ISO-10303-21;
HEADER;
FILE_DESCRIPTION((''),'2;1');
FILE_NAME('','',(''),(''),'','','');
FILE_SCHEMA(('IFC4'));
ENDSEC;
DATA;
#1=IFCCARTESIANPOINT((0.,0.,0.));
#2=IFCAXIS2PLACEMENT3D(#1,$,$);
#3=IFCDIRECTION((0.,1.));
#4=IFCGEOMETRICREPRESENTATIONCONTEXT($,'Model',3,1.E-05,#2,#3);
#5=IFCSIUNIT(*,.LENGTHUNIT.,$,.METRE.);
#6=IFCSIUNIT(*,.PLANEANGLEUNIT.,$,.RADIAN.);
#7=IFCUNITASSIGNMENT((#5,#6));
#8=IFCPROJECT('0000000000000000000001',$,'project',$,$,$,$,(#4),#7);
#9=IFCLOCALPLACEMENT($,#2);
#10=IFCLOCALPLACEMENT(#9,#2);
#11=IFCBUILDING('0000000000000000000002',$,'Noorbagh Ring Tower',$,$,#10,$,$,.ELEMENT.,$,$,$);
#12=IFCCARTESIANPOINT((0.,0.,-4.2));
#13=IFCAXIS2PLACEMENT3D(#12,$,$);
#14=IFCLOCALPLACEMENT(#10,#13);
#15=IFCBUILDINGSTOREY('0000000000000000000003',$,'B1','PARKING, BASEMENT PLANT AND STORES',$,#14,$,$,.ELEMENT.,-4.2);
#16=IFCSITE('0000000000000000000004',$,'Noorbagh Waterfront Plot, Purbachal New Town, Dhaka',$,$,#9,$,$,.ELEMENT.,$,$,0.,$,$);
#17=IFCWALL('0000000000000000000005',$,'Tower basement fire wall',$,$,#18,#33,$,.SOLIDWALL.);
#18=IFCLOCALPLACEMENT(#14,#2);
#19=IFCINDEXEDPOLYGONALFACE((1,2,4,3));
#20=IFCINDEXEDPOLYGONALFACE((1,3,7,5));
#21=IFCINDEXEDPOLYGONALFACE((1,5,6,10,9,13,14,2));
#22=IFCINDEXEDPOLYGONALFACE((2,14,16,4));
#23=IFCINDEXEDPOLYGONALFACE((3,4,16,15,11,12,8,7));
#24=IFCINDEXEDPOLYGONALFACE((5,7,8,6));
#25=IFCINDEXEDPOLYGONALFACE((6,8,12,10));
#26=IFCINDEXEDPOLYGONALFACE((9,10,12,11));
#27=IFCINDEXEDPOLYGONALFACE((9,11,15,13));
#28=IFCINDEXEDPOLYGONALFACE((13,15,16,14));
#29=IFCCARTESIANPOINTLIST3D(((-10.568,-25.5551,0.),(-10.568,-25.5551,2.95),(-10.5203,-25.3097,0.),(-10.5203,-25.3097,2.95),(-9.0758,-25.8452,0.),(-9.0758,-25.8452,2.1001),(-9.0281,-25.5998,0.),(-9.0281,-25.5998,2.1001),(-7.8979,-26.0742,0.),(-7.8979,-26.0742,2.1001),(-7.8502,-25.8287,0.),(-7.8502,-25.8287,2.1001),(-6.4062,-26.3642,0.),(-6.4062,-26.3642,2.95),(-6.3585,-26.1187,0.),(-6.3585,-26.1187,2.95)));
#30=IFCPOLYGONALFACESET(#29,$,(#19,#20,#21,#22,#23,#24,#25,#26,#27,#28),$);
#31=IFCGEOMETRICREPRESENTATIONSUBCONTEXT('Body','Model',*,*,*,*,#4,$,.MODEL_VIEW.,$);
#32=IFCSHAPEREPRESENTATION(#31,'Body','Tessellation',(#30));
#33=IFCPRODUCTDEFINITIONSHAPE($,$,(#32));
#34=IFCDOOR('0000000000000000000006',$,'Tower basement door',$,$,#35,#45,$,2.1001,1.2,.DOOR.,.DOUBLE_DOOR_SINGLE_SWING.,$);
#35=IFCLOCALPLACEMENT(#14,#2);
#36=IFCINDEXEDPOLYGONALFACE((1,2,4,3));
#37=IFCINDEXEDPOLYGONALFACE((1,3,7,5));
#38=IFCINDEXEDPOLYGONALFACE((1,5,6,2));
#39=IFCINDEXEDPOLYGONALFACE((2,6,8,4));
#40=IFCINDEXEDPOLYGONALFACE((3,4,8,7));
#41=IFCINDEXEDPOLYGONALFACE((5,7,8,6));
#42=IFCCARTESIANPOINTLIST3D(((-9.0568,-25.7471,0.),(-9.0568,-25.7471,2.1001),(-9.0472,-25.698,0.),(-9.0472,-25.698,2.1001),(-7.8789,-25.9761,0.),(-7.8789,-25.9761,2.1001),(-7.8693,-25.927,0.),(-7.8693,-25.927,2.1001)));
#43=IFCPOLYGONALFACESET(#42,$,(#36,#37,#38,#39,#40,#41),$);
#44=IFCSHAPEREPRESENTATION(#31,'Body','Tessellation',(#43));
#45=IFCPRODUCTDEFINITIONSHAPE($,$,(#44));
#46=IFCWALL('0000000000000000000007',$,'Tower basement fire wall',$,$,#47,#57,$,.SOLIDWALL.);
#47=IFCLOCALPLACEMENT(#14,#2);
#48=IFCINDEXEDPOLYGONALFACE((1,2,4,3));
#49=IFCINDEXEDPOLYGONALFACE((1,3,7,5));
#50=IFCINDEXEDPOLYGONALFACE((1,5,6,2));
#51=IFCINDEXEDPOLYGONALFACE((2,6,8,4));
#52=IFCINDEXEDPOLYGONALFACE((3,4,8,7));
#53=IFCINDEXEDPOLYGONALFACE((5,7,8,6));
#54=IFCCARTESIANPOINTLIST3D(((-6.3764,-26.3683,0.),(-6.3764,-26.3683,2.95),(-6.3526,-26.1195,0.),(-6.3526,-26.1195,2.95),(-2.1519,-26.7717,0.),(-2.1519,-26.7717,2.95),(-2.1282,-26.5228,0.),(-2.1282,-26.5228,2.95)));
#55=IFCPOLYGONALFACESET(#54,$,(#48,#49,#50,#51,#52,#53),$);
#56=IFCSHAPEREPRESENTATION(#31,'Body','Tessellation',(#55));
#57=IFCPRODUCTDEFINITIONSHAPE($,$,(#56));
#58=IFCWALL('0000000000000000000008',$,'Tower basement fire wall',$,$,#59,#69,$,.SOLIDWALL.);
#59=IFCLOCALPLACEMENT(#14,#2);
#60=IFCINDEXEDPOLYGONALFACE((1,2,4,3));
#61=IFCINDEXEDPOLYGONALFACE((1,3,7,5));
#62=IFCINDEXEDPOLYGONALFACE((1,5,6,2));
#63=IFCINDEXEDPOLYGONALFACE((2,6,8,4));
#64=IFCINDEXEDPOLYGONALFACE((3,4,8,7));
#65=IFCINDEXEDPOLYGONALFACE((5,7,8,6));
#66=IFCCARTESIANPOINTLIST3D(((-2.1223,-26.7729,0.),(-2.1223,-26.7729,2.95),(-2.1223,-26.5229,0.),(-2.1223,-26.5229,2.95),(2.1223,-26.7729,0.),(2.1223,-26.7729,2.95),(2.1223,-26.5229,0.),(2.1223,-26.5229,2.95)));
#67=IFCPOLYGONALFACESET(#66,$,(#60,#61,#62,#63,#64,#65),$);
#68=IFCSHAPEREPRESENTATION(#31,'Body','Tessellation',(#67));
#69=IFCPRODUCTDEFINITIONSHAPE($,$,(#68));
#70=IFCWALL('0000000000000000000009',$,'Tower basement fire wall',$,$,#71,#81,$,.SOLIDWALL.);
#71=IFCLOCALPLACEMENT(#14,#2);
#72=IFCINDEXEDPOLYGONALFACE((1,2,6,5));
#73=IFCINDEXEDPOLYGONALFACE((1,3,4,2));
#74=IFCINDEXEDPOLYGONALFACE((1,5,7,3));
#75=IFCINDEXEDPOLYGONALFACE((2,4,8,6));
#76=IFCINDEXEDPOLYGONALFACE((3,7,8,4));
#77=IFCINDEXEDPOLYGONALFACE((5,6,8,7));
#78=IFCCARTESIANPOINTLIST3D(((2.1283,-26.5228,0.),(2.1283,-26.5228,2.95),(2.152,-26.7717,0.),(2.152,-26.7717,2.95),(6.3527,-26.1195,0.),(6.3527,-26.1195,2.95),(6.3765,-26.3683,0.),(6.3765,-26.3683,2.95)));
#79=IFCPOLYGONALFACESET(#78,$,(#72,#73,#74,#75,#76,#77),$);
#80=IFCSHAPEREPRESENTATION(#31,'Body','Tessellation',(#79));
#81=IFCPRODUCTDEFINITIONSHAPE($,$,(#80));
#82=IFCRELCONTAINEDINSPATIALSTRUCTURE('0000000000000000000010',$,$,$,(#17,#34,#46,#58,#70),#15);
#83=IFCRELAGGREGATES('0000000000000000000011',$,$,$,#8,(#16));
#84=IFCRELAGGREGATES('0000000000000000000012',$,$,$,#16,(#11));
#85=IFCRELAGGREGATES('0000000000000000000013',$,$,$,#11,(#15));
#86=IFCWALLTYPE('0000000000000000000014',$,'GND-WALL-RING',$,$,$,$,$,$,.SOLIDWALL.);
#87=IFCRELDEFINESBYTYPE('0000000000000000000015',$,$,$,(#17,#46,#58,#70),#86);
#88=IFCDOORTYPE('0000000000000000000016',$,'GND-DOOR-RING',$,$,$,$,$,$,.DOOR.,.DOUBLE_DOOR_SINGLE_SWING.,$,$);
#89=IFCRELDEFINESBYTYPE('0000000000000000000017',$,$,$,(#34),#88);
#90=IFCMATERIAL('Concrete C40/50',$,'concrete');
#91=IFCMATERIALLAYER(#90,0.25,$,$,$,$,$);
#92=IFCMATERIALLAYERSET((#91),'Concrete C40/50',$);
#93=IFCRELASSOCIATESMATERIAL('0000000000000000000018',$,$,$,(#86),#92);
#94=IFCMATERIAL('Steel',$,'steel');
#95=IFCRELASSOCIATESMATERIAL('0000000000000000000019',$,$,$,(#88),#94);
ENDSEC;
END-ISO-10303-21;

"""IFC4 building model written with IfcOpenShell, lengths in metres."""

from ifc_helpers import new_model, si_unit, direction, frame, frame_2d, origin, place, context, subcontext, project, spatial, rectangle, extrude, material, layer, layer_set, type_object, element, fill, save


model = new_model("IFC4")

# Units and contexts
model_context = context("Model", 3, precision=1e-05, world=origin(), true_north=direction((0.0, 1.0)))
body_context = subcontext(model_context, "Body", "Model", "MODEL_VIEW")
ifc_project = project(units=[si_unit("LENGTHUNIT", "METRE"), si_unit("PLANEANGLEUNIT", "RADIAN")], contexts=[model_context])

# Site, building, storey
site_placement = place(None, origin())
site = spatial("IfcSite", under=ifc_project, at=site_placement, Name="Noorbagh Waterfront Plot, Purbachal New Town, Dhaka", CompositionType="ELEMENT", RefElevation=0.0)
building_placement = place(site_placement, origin())
building = spatial("IfcBuilding", under=site, at=building_placement, Name="Noorbagh Ring Tower", CompositionType="ELEMENT")
storey_placement = place(building_placement, frame((0.0, 0.0, -4.2)))
storey = spatial("IfcBuildingStorey", under=building, at=storey_placement, Name="B1", Description="PARKING, BASEMENT PLANT AND STORES", CompositionType="ELEMENT", Elevation=-4.2)

# Shared definitions
ifc_material_1 = material(Name="Concrete C40/50", Category="concrete")
ifc_layer = layer(ifc_material_1, 0.25)
ifc_layer_set = layer_set([ifc_layer], Name="Concrete C40/50")
wall_type = type_object("IfcWallType", Name="GND-WALL-RING", PredefinedType="SOLIDWALL", material=ifc_layer_set)

# Wall, opening, door
wall_1_placement = place(storey_placement, frame((-10.5442, -25.4324, 0.0), z_axis=(0.0, 0.0, 1.0), x_axis=(0.981623, -0.190831, 0.0)))
wall_1 = element("IfcWall", 1, at=wall_1_placement, inside=storey, type_object=wall_type, Name="Tower basement fire wall", PredefinedType="SOLIDWALL", context=body_context, shape_type="SweptSolid", body=[
    extrude(rectangle(XDim=4.2397, YDim=0.25, at=frame_2d((2.1199, 0.0))), origin(), (0.0, 0.0, 1.0), 2.95),
])
opening_placement = place(wall_1_placement, frame((1.52, 0.0, 0.0)))
opening = element("IfcOpeningElement", 2, at=opening_placement, cuts=wall_1, PredefinedType="OPENING", context=body_context, shape_type="SweptSolid", body=[
    extrude(rectangle(XDim=1.2, YDim=2.1001, at=frame_2d((0.6001, 1.05))), frame((0.0, 0.135, 0.0), z_axis=(0.0, -1.0, 0.0), x_axis=(1.0, 0.0, 0.0)), (0.0, 0.0, 1.0), 0.27),
])
ifc_material_2 = material(Name="Steel", Category="steel")
door_type = type_object("IfcDoorType", Name="GND-DOOR-RING", OperationType="DOUBLE_DOOR_SINGLE_SWING", PredefinedType="DOOR", material=ifc_material_2)
door_placement = place(opening_placement, origin())
door = element("IfcDoor", 3, at=door_placement, inside=storey, type_object=door_type, Name="Tower basement door", OperationType="DOUBLE_DOOR_SINGLE_SWING", OverallHeight=2.1001, OverallWidth=1.2, PredefinedType="DOOR", context=body_context, shape_type="SweptSolid", body=[
    extrude(rectangle(XDim=1.2, YDim=2.1001, at=frame_2d((0.6001, 1.05))), frame((0.0, 0.0249, 0.0), z_axis=(0.0, -1.0, 0.0), x_axis=(1.0, 0.0, 0.0)), (0.0, 0.0, 1.0), 0.05),
])
fill(opening, door)

# Walls
wall_2_placement = place(storey_placement, frame((-6.3645, -26.2439, 0.0), z_axis=(0.0, 0.0, 1.0), x_axis=(0.995473, -0.095043, 0.0)))
element("IfcWall", 4, at=wall_2_placement, inside=storey, type_object=wall_type, Name="Tower basement fire wall", PredefinedType="SOLIDWALL", context=body_context, shape_type="SweptSolid", body=[
    extrude(rectangle(XDim=4.2437, YDim=0.25, at=frame_2d((2.1218, 0.0))), origin(), (0.0, 0.0, 1.0), 2.95),
])
wall_3_placement = place(storey_placement, frame((-2.1223, -26.6479, 0.0), z_axis=(0.0, 0.0, 1.0), x_axis=(1.0, 0.0, 0.0)))
element("IfcWall", 5, at=wall_3_placement, inside=storey, type_object=wall_type, Name="Tower basement fire wall", PredefinedType="SOLIDWALL", context=body_context, shape_type="SweptSolid", body=[
    extrude(rectangle(XDim=4.2446, YDim=0.25, at=frame_2d((2.1223, 0.0))), origin(), (0.0, 0.0, 1.0), 2.95),
])
wall_4_placement = place(storey_placement, frame((2.1401, -26.6472, 0.0), z_axis=(0.0, 0.0, 1.0), x_axis=(0.995473, 0.095043, 0.0)))
element("IfcWall", 6, at=wall_4_placement, inside=storey, type_object=wall_type, Name="Tower basement fire wall", PredefinedType="SOLIDWALL", context=body_context, shape_type="SweptSolid", body=[
    extrude(rectangle(XDim=4.2437, YDim=0.25, at=frame_2d((2.1218, 0.0))), origin(), (0.0, 0.0, 1.0), 2.95),
])

save(model, "model.ifc")
